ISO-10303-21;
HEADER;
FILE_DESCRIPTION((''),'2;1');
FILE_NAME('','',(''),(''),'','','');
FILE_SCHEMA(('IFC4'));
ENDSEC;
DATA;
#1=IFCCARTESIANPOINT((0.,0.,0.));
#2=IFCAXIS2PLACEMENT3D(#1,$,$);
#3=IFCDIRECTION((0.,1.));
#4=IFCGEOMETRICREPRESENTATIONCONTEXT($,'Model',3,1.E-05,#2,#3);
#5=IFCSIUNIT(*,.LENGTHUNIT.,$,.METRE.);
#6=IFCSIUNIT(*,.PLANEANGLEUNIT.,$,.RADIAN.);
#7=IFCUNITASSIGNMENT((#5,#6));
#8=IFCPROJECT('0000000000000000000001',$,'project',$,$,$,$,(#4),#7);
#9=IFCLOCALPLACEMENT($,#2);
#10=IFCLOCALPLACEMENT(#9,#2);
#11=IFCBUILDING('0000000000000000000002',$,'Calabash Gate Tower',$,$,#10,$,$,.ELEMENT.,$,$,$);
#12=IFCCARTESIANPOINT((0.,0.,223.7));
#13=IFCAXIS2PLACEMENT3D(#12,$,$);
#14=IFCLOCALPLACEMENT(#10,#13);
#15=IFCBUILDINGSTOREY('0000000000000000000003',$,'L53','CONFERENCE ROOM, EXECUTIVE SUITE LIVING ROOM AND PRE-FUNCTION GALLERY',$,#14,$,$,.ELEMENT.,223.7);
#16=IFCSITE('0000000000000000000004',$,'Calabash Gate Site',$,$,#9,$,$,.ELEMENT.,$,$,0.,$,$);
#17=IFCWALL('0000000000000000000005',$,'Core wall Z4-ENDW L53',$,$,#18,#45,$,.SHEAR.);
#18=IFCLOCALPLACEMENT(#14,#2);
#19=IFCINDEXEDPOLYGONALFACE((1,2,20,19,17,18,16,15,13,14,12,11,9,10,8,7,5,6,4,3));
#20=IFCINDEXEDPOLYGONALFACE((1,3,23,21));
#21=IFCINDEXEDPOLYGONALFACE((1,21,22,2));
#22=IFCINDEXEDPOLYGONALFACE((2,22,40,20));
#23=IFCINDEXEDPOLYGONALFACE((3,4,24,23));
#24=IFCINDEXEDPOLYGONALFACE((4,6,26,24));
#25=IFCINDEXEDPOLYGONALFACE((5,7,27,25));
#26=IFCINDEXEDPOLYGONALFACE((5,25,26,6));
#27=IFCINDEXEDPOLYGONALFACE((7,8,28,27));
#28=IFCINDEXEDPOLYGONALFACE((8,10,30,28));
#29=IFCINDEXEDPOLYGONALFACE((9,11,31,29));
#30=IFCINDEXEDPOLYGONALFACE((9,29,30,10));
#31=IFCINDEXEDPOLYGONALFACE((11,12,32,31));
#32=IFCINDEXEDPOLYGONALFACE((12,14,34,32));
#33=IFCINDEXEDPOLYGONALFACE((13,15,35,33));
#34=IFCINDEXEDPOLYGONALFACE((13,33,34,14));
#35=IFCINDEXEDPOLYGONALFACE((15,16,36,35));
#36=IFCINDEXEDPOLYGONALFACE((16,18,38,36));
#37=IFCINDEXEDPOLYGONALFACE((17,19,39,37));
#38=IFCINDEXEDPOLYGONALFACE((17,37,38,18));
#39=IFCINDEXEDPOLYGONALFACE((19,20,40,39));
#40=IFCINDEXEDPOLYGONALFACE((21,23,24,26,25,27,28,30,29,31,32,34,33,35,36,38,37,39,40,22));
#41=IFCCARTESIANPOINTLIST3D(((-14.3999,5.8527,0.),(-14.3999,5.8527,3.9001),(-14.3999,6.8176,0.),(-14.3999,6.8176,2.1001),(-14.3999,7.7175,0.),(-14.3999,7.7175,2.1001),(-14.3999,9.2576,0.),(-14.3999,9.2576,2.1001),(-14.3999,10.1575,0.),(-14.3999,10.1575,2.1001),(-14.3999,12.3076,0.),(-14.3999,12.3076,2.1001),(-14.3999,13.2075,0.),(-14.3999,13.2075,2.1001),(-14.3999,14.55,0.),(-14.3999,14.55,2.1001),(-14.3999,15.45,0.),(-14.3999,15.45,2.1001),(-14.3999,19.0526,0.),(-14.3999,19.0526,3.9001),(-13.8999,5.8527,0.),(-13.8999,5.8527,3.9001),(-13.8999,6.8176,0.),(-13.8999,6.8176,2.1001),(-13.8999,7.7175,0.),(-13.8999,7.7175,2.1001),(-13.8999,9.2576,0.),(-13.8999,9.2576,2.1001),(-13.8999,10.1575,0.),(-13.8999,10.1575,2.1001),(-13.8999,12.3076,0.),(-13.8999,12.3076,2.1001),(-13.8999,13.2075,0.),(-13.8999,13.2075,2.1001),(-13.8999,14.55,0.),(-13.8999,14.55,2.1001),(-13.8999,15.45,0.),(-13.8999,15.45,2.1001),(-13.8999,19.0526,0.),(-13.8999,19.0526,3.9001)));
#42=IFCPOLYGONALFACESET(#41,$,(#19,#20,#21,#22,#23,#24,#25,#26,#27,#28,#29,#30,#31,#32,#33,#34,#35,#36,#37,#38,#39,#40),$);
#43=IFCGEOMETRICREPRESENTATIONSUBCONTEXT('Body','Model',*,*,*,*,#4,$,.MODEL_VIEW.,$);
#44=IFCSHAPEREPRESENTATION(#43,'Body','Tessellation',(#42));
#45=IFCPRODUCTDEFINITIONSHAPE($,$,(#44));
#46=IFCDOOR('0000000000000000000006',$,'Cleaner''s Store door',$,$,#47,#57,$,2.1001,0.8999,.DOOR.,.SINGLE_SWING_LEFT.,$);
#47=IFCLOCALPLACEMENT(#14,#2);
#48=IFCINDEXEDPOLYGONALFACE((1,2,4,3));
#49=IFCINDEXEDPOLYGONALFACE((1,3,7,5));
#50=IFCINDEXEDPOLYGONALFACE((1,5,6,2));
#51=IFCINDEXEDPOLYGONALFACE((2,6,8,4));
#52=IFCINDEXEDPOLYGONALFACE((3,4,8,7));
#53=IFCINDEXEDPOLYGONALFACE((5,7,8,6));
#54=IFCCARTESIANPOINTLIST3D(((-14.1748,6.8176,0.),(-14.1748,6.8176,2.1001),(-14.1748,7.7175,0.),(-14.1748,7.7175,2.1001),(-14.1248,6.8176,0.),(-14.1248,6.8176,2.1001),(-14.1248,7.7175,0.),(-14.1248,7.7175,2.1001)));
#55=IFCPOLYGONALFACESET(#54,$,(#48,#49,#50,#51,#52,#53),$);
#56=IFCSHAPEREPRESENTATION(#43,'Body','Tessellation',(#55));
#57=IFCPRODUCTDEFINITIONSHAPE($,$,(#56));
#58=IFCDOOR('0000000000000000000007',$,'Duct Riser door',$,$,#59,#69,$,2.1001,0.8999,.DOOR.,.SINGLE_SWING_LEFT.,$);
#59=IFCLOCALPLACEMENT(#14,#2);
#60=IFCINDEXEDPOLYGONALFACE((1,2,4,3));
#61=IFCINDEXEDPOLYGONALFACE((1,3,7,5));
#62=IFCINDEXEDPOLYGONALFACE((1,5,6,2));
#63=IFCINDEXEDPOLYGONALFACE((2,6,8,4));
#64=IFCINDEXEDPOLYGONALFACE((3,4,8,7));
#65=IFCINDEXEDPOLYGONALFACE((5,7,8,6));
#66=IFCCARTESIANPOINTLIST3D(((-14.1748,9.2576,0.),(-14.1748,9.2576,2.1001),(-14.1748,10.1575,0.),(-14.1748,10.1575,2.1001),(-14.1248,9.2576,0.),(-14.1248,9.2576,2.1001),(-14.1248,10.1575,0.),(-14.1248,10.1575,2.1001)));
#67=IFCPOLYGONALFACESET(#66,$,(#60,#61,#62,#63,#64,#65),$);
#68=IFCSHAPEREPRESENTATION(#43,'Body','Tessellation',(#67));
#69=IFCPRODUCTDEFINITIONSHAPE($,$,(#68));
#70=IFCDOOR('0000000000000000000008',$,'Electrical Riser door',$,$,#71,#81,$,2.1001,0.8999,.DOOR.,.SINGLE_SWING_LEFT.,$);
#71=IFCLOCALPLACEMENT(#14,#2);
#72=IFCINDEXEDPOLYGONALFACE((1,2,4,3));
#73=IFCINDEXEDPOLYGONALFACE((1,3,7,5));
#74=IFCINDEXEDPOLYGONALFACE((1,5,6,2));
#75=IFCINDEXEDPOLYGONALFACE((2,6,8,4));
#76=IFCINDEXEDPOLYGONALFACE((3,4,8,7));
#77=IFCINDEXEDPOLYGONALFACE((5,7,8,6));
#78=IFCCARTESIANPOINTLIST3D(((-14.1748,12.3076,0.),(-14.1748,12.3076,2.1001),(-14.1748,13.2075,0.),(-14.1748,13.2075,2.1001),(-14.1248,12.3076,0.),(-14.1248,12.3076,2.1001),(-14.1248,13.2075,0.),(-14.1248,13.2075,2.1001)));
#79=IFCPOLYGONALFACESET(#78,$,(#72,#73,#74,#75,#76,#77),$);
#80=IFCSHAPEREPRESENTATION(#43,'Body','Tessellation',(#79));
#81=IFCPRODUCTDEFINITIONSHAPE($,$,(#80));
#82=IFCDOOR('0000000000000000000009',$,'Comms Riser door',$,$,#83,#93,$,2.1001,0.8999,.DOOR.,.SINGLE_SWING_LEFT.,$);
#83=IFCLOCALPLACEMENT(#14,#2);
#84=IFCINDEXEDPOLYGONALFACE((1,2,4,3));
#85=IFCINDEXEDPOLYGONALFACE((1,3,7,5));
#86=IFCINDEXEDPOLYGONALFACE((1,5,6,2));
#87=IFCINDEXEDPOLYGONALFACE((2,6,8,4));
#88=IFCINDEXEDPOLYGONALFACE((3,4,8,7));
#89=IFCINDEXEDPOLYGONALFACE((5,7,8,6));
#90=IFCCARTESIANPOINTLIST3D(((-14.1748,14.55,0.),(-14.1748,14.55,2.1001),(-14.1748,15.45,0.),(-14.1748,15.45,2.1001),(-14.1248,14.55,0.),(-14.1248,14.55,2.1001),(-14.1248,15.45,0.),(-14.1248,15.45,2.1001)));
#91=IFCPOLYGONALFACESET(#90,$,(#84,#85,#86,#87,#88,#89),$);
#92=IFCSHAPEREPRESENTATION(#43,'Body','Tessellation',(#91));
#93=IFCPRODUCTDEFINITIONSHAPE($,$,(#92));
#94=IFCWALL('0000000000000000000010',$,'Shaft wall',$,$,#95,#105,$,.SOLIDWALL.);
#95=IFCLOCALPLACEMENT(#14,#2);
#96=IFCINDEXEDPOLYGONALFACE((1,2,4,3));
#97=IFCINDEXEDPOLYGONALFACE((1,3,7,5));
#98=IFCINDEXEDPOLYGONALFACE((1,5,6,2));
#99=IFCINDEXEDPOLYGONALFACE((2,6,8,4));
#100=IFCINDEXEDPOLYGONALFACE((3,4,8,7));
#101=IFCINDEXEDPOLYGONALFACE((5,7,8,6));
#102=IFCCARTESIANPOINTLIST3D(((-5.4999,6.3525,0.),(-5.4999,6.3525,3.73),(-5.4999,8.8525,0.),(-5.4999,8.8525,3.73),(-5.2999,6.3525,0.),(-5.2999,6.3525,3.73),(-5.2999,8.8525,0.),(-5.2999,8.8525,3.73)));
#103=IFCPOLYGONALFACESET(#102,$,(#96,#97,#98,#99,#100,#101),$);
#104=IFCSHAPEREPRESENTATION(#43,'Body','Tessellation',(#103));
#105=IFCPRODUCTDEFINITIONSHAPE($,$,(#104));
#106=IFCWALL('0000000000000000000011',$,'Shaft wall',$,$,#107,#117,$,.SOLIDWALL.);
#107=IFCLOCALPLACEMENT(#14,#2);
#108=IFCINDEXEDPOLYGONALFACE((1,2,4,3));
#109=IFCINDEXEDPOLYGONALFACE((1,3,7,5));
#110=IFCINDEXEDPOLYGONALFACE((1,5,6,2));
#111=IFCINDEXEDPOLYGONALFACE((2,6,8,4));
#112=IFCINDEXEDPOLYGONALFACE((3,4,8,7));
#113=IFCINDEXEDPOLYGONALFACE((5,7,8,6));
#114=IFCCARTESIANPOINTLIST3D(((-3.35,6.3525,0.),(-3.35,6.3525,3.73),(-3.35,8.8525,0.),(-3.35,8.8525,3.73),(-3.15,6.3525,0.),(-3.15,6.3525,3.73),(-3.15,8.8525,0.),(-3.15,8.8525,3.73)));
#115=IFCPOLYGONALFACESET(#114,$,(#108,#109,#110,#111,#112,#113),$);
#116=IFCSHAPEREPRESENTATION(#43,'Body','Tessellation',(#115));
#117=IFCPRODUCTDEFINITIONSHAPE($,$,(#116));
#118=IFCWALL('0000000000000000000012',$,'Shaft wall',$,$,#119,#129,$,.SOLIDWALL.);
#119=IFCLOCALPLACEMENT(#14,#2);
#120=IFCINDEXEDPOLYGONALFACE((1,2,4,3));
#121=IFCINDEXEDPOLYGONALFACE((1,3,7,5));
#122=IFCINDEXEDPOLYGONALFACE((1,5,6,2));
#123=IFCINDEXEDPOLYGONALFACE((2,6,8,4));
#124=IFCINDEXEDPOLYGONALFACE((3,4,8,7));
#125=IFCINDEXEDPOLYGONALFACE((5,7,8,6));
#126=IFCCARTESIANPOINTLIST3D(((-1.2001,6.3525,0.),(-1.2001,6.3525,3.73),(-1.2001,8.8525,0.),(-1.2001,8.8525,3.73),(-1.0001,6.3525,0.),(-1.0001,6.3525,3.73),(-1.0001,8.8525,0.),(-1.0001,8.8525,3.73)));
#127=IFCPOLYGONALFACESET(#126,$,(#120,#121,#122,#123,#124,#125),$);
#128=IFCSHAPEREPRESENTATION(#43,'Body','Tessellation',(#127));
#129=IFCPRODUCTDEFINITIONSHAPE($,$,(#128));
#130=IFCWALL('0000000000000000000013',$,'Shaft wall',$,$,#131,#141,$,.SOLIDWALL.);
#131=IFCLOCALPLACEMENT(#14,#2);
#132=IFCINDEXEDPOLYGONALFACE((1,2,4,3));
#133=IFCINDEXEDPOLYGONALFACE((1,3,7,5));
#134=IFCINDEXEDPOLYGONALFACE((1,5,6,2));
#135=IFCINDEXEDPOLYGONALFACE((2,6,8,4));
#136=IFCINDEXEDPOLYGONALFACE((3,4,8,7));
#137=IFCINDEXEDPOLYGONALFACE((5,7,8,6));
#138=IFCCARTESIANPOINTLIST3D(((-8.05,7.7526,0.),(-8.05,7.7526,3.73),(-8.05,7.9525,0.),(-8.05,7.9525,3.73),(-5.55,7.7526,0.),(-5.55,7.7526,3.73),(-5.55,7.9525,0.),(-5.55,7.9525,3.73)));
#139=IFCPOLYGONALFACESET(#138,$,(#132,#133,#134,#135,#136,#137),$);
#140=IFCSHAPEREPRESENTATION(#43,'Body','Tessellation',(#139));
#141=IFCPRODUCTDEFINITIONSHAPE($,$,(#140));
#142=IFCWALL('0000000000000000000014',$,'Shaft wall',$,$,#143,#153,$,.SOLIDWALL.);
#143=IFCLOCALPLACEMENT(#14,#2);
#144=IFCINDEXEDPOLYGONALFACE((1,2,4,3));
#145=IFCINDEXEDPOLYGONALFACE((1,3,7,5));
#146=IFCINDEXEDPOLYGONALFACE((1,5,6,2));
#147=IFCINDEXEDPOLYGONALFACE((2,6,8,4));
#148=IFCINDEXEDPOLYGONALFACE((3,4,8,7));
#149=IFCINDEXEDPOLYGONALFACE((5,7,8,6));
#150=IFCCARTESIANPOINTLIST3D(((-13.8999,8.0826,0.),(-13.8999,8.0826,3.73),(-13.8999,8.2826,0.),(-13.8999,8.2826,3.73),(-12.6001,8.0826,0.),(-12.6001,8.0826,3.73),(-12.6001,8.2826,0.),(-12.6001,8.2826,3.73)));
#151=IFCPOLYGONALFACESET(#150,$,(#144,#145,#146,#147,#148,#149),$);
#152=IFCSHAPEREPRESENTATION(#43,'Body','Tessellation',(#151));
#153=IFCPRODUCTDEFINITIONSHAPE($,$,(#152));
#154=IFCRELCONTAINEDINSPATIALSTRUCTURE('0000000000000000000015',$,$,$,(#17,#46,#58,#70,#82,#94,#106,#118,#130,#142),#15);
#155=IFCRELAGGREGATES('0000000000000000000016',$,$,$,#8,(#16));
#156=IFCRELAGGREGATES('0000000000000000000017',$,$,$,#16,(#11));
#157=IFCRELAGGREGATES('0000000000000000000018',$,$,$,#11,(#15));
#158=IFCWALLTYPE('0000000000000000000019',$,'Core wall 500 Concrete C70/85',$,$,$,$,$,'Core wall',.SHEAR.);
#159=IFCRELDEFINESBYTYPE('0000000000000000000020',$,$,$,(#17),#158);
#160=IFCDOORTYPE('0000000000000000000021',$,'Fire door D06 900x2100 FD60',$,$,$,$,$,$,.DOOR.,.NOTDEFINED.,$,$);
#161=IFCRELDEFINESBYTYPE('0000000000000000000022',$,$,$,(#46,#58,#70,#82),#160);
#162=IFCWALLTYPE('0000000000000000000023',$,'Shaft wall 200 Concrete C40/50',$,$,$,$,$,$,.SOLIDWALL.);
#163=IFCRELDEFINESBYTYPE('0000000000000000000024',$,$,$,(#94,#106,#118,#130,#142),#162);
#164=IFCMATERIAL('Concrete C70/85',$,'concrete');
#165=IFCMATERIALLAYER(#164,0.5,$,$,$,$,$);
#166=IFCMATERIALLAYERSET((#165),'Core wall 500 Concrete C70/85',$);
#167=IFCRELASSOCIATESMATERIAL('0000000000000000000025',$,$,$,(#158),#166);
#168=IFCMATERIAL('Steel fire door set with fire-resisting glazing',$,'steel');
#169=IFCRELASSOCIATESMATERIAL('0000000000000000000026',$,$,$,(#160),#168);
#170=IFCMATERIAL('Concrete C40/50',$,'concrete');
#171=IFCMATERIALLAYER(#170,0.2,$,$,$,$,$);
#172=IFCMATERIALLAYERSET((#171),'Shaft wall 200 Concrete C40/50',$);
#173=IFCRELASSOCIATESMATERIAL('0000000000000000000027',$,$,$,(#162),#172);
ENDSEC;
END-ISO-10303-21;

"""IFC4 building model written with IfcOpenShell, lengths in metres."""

from ifc_helpers import new_model, si_unit, direction, frame, frame_2d, origin, place, context, subcontext, project, spatial, rectangle, extrude, material, layer, layer_set, type_object, element, fill, save


model = new_model("IFC4")

# Units and contexts
model_context = context("Model", 3, precision=1e-05, world=origin(), true_north=direction((0.0, 1.0)))
body_context = subcontext(model_context, "Body", "Model", "MODEL_VIEW")
ifc_project = project(units=[si_unit("LENGTHUNIT", "METRE"), si_unit("PLANEANGLEUNIT", "RADIAN")], contexts=[model_context])

# Site, building, storey
site_placement = place(None, origin())
site = spatial("IfcSite", under=ifc_project, at=site_placement, Name="Calabash Gate Site", CompositionType="ELEMENT", RefElevation=0.0)
building_placement = place(site_placement, origin())
building = spatial("IfcBuilding", under=site, at=building_placement, Name="Calabash Gate Tower", CompositionType="ELEMENT")
storey_placement = place(building_placement, frame((0.0, 0.0, 223.7)))
storey = spatial("IfcBuildingStorey", under=building, at=storey_placement, Name="L53", Description="CONFERENCE ROOM, EXECUTIVE SUITE LIVING ROOM AND PRE-FUNCTION GALLERY", CompositionType="ELEMENT", Elevation=223.7)

# Shared definitions
ifc_material_1 = material(Name="Concrete C70/85", Category="concrete")
ifc_layer_1 = layer(ifc_material_1, 0.5)
ifc_layer_set_1 = layer_set([ifc_layer_1], Name="Core wall 500 Concrete C70/85")
wall_type_1 = type_object("IfcWallType", Name="Core wall 500 Concrete C70/85", ElementType="Core wall", PredefinedType="SHEAR", material=ifc_layer_set_1)

# Wall, openings, doors
wall_1_placement = place(storey_placement, frame((-14.1499, 5.8525, 0.0), z_axis=(0.0, 0.0, 1.0), x_axis=(0.0, 1.0, 0.0)))
wall_1 = element("IfcWall", 1, at=wall_1_placement, inside=storey, type_object=wall_type_1, Name="Core wall Z4-ENDW L53", PredefinedType="SHEAR", context=body_context, shape_type="SweptSolid", body=[
    extrude(rectangle(XDim=13.2, YDim=0.5, at=frame_2d((6.6001, 0.0))), origin(), (0.0, 0.0, 1.0), 3.9001),
])
opening_1_placement = place(wall_1_placement, frame((0.9651, 0.0, 0.0)))
opening_1 = element("IfcOpeningElement", 2, at=opening_1_placement, cuts=wall_1, PredefinedType="OPENING", context=body_context, shape_type="SweptSolid", body=[
    extrude(rectangle(XDim=0.8999, YDim=2.1001, at=frame_2d((0.45, 1.05))), frame((0.0, 0.26, 0.0), z_axis=(0.0, -1.0, 0.0), x_axis=(1.0, 0.0, 0.0)), (0.0, 0.0, 1.0), 0.52),
])
opening_2_placement = place(wall_1_placement, frame((3.405, 0.0, 0.0)))
opening_2 = element("IfcOpeningElement", 3, at=opening_2_placement, cuts=wall_1, PredefinedType="OPENING", context=body_context, shape_type="SweptSolid", body=[
    extrude(rectangle(XDim=0.8999, YDim=2.1001, at=frame_2d((0.45, 1.05))), frame((0.0, 0.26, 0.0), z_axis=(0.0, -1.0, 0.0), x_axis=(1.0, 0.0, 0.0)), (0.0, 0.0, 1.0), 0.52),
])
opening_3_placement = place(wall_1_placement, frame((6.4551, 0.0, 0.0)))
opening_3 = element("IfcOpeningElement", 4, at=opening_3_placement, cuts=wall_1, PredefinedType="OPENING", context=body_context, shape_type="SweptSolid", body=[
    extrude(rectangle(XDim=0.8999, YDim=2.1001, at=frame_2d((0.45, 1.05))), frame((0.0, 0.26, 0.0), z_axis=(0.0, -1.0, 0.0), x_axis=(1.0, 0.0, 0.0)), (0.0, 0.0, 1.0), 0.52),
])
opening_4_placement = place(wall_1_placement, frame((8.6975, 0.0, 0.0)))
opening_4 = element("IfcOpeningElement", 5, at=opening_4_placement, cuts=wall_1, PredefinedType="OPENING", context=body_context, shape_type="SweptSolid", body=[
    extrude(rectangle(XDim=0.8999, YDim=2.1001, at=frame_2d((0.45, 1.05))), frame((0.0, 0.26, 0.0), z_axis=(0.0, -1.0, 0.0), x_axis=(1.0, 0.0, 0.0)), (0.0, 0.0, 1.0), 0.52),
])
ifc_material_2 = material(Name="Steel fire door set with fire-resisting glazing", Category="steel")
door_type_1 = type_object("IfcDoorType", Name="Fire door D06 900x2100 FD60", OperationType="NOTDEFINED", PredefinedType="DOOR", material=ifc_material_2)
door_1_placement = place(opening_1_placement, origin())
door_1 = element("IfcDoor", 6, at=door_1_placement, inside=storey, type_object=door_type_1, Name="Cleaner's Store door", OperationType="SINGLE_SWING_LEFT", OverallHeight=2.1001, OverallWidth=0.8999, PredefinedType="DOOR", context=body_context, shape_type="SweptSolid", body=[
    extrude(rectangle(XDim=0.8999, YDim=2.1001, at=frame_2d((0.45, 1.05))), frame((0.0, 0.0249, 0.0), z_axis=(0.0, -1.0, 0.0), x_axis=(1.0, 0.0, 0.0)), (0.0, 0.0, 1.0), 0.05),
])
fill(opening_1, door_1)
door_2_placement = place(opening_2_placement, origin())
door_2 = element("IfcDoor", 7, at=door_2_placement, inside=storey, type_object=door_type_1, Name="Duct Riser door", OperationType="SINGLE_SWING_LEFT", OverallHeight=2.1001, OverallWidth=0.8999, PredefinedType="DOOR", context=body_context, shape_type="SweptSolid", body=[
    extrude(rectangle(XDim=0.8999, YDim=2.1001, at=frame_2d((0.45, 1.05))), frame((0.0, 0.0249, 0.0), z_axis=(0.0, -1.0, 0.0), x_axis=(1.0, 0.0, 0.0)), (0.0, 0.0, 1.0), 0.05),
])
fill(opening_2, door_2)
door_3_placement = place(opening_3_placement, origin())
door_3 = element("IfcDoor", 8, at=door_3_placement, inside=storey, type_object=door_type_1, Name="Electrical Riser door", OperationType="SINGLE_SWING_LEFT", OverallHeight=2.1001, OverallWidth=0.8999, PredefinedType="DOOR", context=body_context, shape_type="SweptSolid", body=[
    extrude(rectangle(XDim=0.8999, YDim=2.1001, at=frame_2d((0.45, 1.05))), frame((0.0, 0.0249, 0.0), z_axis=(0.0, -1.0, 0.0), x_axis=(1.0, 0.0, 0.0)), (0.0, 0.0, 1.0), 0.05),
])
fill(opening_3, door_3)
door_4_placement = place(opening_4_placement, origin())
door_4 = element("IfcDoor", 9, at=door_4_placement, inside=storey, type_object=door_type_1, Name="Comms Riser door", OperationType="SINGLE_SWING_LEFT", OverallHeight=2.1001, OverallWidth=0.8999, PredefinedType="DOOR", context=body_context, shape_type="SweptSolid", body=[
    extrude(rectangle(XDim=0.8999, YDim=2.1001, at=frame_2d((0.45, 1.05))), frame((0.0, 0.0249, 0.0), z_axis=(0.0, -1.0, 0.0), x_axis=(1.0, 0.0, 0.0)), (0.0, 0.0, 1.0), 0.05),
])
fill(opening_4, door_4)

# Walls
ifc_material_3 = material(Name="Concrete C40/50", Category="concrete")
ifc_layer_2 = layer(ifc_material_3, 0.2)
ifc_layer_set_2 = layer_set([ifc_layer_2], Name="Shaft wall 200 Concrete C40/50")
wall_type_2 = type_object("IfcWallType", Name="Shaft wall 200 Concrete C40/50", PredefinedType="SOLIDWALL", material=ifc_layer_set_2)
for number, where, z_axis, x_axis, name in (
    (10, (-5.3999, 6.3525, 0.0), (0.0, 0.0, 1.0), (0.0, 1.0, 0.0), "Shaft wall"),
    (11, (-3.25, 6.3525, 0.0), (0.0, 0.0, 1.0), (0.0, 1.0, 0.0), "Shaft wall"),
    (12, (-1.1001, 6.3525, 0.0), (0.0, 0.0, 1.0), (0.0, 1.0, 0.0), "Shaft wall"),
    (13, (-8.05, 7.8525, 0.0), (0.0, 0.0, 1.0), (1.0, 0.0, 0.0), "Shaft wall"),
):
    element("IfcWall", number, at=place(storey_placement, frame(where, z_axis=z_axis, x_axis=x_axis)), inside=storey, type_object=wall_type_2, Name=name, PredefinedType="SOLIDWALL", context=body_context, shape_type="SweptSolid", body=[
        extrude(rectangle(XDim=2.5, YDim=0.2, at=frame_2d((1.25, 0.0))), origin(), (0.0, 0.0, 1.0), 3.73),
    ])
wall_2_placement = place(storey_placement, frame((-13.8999, 8.1826, 0.0), z_axis=(0.0, 0.0, 1.0), x_axis=(1.0, 0.0, 0.0)))
element("IfcWall", 14, at=wall_2_placement, inside=storey, type_object=wall_type_2, Name="Shaft wall", PredefinedType="SOLIDWALL", context=body_context, shape_type="SweptSolid", body=[
    extrude(rectangle(XDim=1.2998, YDim=0.2, at=frame_2d((0.6499, 0.0))), origin(), (0.0, 0.0, 1.0), 3.73),
])

save(model, "model.ifc")
